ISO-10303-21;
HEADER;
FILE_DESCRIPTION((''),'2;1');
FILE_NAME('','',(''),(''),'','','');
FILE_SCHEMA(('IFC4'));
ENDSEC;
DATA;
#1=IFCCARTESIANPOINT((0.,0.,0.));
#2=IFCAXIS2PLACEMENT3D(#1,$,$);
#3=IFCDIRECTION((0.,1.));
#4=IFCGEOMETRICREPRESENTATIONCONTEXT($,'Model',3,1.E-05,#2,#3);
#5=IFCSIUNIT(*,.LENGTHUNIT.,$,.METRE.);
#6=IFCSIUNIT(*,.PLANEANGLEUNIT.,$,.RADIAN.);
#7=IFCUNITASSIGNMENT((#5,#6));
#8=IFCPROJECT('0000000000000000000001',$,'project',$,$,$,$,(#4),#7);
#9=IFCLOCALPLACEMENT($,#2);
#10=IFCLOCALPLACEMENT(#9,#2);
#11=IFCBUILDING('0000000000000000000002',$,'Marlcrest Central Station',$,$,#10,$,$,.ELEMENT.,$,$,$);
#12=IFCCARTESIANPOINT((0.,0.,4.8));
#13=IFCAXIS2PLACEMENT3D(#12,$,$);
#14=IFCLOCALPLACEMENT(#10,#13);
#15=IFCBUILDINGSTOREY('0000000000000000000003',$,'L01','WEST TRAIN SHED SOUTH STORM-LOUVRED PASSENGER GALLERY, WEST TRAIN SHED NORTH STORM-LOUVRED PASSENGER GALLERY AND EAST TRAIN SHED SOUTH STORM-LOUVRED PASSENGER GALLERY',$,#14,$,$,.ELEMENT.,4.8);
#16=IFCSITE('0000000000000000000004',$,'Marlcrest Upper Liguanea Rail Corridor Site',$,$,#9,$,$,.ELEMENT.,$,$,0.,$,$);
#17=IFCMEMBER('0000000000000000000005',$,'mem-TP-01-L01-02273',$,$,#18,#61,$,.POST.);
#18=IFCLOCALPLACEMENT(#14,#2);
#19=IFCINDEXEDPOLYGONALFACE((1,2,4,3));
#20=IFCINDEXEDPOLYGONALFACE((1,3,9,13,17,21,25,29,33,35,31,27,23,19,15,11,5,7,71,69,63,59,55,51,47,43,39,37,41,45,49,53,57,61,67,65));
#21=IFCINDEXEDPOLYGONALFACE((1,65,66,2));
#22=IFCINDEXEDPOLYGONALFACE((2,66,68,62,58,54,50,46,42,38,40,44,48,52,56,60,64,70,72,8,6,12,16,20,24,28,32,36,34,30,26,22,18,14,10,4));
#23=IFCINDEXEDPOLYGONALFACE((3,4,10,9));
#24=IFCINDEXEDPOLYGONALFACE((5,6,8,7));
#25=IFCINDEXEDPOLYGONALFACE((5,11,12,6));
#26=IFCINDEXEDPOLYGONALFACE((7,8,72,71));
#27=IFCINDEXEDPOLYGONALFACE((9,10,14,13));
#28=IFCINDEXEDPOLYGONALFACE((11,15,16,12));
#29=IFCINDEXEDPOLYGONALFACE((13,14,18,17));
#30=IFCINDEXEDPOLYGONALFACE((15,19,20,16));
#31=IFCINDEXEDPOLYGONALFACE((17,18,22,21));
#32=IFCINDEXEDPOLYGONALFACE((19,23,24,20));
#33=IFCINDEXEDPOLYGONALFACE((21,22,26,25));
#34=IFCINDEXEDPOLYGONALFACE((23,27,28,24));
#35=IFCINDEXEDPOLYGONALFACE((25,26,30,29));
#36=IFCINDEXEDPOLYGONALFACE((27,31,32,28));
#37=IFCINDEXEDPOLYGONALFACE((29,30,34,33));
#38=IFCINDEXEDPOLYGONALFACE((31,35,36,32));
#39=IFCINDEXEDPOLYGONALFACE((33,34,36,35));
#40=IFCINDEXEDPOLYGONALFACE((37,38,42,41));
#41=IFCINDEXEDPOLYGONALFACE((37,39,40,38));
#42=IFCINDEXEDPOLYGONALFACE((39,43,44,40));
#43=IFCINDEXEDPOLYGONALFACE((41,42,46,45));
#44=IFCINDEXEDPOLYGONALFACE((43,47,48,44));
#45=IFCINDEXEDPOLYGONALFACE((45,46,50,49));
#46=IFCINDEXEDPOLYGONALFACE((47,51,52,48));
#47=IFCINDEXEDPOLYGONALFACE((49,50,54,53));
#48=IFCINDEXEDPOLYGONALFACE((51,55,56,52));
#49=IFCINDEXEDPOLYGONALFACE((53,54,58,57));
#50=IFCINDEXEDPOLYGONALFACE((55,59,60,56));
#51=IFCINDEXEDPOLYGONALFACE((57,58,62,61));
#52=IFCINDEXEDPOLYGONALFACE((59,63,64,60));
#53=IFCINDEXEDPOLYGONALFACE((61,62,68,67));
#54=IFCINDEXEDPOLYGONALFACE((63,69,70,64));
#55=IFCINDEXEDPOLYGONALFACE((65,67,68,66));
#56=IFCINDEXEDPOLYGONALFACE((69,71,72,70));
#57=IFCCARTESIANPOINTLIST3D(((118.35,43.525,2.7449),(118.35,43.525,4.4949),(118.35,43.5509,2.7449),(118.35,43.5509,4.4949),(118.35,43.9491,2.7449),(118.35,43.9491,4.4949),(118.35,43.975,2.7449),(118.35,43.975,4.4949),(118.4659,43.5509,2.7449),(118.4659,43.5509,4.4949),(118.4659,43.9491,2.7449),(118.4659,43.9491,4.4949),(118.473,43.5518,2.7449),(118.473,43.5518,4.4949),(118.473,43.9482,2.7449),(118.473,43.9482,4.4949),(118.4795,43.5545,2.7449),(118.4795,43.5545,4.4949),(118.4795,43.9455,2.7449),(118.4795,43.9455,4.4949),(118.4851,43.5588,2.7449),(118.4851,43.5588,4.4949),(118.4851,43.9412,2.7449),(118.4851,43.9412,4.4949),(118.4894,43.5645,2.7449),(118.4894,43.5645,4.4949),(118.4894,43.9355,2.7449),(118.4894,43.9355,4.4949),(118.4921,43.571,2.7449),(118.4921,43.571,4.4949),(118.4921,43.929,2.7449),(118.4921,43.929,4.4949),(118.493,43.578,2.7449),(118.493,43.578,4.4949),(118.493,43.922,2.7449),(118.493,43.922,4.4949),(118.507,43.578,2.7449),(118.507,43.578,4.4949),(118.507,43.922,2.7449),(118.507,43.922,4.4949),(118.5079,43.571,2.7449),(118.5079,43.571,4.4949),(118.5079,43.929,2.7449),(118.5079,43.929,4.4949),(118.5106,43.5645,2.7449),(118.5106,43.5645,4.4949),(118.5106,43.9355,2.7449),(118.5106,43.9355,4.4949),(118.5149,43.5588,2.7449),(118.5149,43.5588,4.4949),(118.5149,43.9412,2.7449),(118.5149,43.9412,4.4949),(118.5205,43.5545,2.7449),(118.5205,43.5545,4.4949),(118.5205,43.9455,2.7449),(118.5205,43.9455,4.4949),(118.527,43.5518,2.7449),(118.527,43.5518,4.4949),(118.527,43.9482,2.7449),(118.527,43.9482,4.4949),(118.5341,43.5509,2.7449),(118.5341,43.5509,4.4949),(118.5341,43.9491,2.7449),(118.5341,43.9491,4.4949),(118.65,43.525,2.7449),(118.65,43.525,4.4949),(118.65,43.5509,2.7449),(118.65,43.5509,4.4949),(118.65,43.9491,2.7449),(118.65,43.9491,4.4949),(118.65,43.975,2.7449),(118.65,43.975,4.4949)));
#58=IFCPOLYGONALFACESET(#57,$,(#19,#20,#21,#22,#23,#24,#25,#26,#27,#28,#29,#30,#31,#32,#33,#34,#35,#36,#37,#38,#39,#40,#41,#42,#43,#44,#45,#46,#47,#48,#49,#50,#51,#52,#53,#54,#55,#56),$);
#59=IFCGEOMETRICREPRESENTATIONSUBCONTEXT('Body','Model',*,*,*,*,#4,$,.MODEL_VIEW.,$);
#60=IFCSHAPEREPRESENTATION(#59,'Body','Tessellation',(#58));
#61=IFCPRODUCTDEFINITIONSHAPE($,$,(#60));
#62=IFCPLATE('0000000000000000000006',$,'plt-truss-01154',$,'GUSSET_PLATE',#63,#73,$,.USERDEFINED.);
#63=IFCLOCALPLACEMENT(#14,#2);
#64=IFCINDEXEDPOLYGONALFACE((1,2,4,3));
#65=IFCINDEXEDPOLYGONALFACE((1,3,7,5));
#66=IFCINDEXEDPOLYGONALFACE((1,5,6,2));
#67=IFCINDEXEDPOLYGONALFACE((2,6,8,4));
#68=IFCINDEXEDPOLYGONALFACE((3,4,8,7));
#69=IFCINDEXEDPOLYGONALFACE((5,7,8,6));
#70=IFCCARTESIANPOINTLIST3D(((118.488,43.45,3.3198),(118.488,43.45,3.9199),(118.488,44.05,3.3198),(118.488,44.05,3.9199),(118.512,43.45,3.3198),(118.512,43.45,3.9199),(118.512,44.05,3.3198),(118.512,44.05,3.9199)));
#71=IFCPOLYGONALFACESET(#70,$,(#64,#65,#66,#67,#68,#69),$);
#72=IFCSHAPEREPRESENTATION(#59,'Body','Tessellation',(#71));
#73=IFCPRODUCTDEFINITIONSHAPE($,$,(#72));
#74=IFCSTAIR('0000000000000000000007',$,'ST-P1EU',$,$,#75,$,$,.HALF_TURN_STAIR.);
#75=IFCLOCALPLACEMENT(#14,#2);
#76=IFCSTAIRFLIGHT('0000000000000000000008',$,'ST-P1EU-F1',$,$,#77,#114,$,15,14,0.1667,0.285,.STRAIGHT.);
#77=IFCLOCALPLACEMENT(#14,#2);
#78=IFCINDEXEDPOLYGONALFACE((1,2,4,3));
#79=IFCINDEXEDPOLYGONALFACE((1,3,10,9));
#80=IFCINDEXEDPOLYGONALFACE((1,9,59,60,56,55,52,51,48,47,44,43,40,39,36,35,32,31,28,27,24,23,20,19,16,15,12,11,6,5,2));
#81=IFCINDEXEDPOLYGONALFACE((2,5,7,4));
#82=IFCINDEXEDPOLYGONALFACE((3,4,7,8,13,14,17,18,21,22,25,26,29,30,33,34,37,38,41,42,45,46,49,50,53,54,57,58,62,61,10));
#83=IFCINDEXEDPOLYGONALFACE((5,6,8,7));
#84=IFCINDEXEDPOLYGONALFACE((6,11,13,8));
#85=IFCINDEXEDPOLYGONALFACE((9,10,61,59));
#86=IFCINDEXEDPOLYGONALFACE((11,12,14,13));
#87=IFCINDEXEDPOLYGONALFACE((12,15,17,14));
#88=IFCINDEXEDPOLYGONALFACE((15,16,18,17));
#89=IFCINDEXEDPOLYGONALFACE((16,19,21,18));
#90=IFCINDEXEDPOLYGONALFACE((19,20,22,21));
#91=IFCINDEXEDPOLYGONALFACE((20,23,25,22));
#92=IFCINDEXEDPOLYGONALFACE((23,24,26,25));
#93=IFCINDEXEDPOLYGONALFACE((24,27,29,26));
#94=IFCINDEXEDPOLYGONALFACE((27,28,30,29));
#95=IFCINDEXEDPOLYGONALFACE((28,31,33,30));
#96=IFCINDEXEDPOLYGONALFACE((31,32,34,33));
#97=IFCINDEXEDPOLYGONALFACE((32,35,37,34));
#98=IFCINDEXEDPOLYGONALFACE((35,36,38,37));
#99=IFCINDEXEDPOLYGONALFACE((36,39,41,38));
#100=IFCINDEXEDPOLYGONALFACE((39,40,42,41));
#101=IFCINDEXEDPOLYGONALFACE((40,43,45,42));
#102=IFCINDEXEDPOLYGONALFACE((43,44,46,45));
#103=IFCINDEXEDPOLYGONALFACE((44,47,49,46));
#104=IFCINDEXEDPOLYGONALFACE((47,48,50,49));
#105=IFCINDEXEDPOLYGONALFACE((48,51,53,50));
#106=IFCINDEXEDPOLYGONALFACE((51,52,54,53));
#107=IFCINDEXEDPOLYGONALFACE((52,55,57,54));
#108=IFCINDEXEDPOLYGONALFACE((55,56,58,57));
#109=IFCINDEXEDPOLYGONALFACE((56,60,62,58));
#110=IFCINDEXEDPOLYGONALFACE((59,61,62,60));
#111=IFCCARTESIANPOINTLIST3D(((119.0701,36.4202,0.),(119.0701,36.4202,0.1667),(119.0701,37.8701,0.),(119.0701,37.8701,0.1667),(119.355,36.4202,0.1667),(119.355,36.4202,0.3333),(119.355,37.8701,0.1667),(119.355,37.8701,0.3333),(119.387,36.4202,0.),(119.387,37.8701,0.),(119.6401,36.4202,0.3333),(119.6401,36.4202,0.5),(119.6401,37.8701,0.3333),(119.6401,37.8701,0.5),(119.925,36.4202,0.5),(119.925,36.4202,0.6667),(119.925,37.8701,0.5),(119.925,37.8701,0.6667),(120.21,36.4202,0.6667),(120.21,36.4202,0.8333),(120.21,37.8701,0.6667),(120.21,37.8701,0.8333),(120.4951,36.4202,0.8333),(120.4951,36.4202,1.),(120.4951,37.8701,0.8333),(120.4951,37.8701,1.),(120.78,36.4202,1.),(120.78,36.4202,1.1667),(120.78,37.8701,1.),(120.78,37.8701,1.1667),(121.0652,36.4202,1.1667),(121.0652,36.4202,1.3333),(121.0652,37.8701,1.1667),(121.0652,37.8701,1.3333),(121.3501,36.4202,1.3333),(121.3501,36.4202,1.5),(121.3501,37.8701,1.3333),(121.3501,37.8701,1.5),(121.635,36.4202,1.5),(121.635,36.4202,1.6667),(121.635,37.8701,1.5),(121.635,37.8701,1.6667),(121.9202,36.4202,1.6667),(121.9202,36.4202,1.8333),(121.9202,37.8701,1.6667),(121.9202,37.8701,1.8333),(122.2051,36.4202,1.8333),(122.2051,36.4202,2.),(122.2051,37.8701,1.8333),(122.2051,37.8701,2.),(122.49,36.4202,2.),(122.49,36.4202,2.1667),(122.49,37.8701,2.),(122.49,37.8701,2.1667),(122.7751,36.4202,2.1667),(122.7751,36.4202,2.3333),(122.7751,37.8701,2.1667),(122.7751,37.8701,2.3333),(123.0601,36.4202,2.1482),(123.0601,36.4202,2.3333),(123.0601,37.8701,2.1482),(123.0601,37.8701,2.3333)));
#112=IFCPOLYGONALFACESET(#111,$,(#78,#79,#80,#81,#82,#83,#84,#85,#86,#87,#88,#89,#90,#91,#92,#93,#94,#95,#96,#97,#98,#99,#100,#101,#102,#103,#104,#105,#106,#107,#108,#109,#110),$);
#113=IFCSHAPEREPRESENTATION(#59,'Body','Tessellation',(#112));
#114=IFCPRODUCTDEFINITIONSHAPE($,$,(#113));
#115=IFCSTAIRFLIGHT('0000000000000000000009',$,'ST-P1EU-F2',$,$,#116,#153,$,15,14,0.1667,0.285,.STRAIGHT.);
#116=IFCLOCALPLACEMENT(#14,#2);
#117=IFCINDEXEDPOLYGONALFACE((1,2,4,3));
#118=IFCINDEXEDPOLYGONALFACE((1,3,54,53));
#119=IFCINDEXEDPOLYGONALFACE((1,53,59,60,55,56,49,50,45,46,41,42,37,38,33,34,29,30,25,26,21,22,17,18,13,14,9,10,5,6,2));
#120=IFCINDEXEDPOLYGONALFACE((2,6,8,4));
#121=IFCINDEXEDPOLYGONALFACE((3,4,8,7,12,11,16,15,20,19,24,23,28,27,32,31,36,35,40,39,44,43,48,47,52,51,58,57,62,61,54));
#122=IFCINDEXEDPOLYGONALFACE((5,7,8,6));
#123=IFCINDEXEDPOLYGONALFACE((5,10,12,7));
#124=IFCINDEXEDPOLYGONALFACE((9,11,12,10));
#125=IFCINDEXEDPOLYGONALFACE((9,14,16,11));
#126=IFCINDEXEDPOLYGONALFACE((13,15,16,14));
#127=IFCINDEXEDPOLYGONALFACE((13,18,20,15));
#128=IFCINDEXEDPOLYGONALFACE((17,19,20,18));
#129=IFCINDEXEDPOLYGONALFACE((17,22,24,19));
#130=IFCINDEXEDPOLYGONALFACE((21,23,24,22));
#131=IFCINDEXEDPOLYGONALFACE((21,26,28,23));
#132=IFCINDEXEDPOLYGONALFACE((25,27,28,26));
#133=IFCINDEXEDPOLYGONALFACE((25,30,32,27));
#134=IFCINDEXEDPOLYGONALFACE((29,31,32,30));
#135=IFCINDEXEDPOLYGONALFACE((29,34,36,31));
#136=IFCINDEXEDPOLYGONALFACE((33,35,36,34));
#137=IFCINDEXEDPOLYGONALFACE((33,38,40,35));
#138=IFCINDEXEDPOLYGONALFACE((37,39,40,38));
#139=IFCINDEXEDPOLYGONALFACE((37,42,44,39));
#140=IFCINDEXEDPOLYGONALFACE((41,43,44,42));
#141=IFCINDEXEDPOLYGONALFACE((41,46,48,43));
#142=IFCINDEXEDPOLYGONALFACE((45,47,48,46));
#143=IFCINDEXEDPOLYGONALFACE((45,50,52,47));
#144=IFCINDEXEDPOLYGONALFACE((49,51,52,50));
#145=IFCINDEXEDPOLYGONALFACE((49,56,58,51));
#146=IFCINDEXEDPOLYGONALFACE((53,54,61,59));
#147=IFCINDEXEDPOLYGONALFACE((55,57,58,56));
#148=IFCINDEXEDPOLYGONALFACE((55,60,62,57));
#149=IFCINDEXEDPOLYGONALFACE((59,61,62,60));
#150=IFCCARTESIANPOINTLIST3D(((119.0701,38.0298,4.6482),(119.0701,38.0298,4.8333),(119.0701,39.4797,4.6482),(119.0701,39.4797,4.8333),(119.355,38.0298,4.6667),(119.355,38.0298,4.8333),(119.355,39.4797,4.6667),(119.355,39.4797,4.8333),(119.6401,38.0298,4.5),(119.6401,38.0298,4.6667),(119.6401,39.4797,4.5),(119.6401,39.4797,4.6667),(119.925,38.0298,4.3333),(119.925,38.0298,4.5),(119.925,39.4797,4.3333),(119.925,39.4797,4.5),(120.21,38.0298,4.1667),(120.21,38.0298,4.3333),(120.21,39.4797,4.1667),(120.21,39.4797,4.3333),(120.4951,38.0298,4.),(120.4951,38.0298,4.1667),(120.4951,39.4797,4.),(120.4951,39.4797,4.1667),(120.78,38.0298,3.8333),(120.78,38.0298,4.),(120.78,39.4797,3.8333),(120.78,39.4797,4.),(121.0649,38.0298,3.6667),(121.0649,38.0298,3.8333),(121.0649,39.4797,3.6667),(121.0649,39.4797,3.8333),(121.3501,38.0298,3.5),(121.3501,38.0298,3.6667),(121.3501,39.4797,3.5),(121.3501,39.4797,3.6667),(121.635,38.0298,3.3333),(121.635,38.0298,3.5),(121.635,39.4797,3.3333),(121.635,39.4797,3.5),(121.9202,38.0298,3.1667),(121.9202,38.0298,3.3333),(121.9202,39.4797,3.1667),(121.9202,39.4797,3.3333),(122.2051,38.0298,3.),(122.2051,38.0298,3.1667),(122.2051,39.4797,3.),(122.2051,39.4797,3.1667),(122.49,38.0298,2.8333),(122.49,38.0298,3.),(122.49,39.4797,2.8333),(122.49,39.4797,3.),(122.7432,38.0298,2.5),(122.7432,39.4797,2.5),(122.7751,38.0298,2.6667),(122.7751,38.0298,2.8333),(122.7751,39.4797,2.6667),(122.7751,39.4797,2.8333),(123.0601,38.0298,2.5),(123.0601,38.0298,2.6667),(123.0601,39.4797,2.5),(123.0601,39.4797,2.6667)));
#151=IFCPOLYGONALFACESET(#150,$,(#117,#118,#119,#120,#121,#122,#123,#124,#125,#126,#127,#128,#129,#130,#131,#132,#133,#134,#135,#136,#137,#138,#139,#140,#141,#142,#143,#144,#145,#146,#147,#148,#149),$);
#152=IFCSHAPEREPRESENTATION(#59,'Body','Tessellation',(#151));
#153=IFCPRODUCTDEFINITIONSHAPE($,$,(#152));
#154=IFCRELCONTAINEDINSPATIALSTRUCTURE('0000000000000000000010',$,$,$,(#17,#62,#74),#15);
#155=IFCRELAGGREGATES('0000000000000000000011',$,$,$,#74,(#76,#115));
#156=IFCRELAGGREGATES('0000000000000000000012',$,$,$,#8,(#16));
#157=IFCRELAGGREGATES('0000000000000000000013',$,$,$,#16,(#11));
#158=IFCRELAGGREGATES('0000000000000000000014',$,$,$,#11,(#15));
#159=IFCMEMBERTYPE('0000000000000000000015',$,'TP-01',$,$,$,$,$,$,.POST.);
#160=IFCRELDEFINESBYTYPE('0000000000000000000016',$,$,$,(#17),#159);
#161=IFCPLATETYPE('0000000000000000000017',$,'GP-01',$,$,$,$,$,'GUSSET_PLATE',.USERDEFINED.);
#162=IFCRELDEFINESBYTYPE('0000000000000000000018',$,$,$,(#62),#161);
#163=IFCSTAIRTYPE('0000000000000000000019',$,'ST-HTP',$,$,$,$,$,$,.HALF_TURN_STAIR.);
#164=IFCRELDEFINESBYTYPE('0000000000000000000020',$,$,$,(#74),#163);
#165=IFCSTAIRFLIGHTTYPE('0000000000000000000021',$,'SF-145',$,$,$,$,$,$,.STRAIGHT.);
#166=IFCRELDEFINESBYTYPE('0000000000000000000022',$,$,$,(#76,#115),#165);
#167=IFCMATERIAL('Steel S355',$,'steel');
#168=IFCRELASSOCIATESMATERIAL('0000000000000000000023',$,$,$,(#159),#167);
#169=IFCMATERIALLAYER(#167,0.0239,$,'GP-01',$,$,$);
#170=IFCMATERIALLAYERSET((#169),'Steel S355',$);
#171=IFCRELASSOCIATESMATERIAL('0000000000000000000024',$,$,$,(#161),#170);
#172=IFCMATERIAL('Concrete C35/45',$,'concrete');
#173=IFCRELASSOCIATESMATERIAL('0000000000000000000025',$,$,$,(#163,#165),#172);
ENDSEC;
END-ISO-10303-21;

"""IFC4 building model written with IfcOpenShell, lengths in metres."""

from ifc_helpers import new_model, si_unit, direction, frame, origin, origin_2d, place, context, subcontext, project, spatial, polyline, rectangle, i_section, outline, extrude, material, layer, layer_set, material_profile, profile_set, type_object, element, aggregate, save


model = new_model("IFC4")

# Units and contexts
model_context = context("Model", 3, precision=1e-05, world=origin(), true_north=direction((0.0, 1.0)))
body_context = subcontext(model_context, "Body", "Model", "MODEL_VIEW")
ifc_project = project(units=[si_unit("LENGTHUNIT", "METRE"), si_unit("PLANEANGLEUNIT", "RADIAN")], contexts=[model_context])

# Site, building, storey
site_placement = place(None, origin())
site = spatial("IfcSite", under=ifc_project, at=site_placement, Name="Marlcrest Upper Liguanea Rail Corridor Site", CompositionType="ELEMENT", RefElevation=0.0)
building_placement = place(site_placement, origin())
building = spatial("IfcBuilding", under=site, at=building_placement, Name="Marlcrest Central Station", CompositionType="ELEMENT")
storey_placement = place(building_placement, frame((0.0, 0.0, 4.8)))
storey = spatial("IfcBuildingStorey", under=building, at=storey_placement, Name="L01", Description="WEST TRAIN SHED SOUTH STORM-LOUVRED PASSENGER GALLERY, WEST TRAIN SHED NORTH STORM-LOUVRED PASSENGER GALLERY AND EAST TRAIN SHED SOUTH STORM-LOUVRED PASSENGER GALLERY", CompositionType="ELEMENT", Elevation=4.8)

# Shared definitions
ifc_material_1 = material(Name="Steel S355", Category="steel")

# Member
ifc_material_profile_1 = material_profile(ifc_material_1, i_section(OverallWidth=0.3, OverallDepth=0.45, WebThickness=0.0139, FlangeThickness=0.0259, FilletRadius=0.0271, at=origin_2d()), Name="HEB 450")
ifc_profile_set_1 = profile_set([ifc_material_profile_1], Name="Steel S355")
member_type_1 = type_object("IfcMemberType", Name="TP-01", PredefinedType="POST", material=ifc_profile_set_1)
member_1_placement = place(storey_placement, frame((118.5, 43.75, 2.7449), z_axis=(0.0, 0.0, 1.0), x_axis=(1.0, 0.0, 0.0)))
element("IfcMember", 1, at=member_1_placement, inside=storey, type_object=member_type_1, Name="mem-TP-01-L01-02273", PredefinedType="POST", context=body_context, shape_type="SweptSolid", body=[
    extrude(i_section(OverallWidth=0.3, OverallDepth=0.45, WebThickness=0.0139, FlangeThickness=0.0259, FilletRadius=0.0271, at=origin_2d()), origin(), (0.0, 0.0, 1.0), 1.75),
])

# Plate
ifc_layer = layer(ifc_material_1, 0.0239, Name="GP-01")
ifc_layer_set = layer_set([ifc_layer], Name="Steel S355")
plate_type = type_object("IfcPlateType", Name="GP-01", ElementType="GUSSET_PLATE", PredefinedType="USERDEFINED", material=ifc_layer_set)
plate_placement = place(storey_placement, frame((118.5, 43.75, 3.3198), z_axis=(0.0, 0.0, 1.0), x_axis=(1.0, 0.0, 0.0)))
element("IfcPlate", 2, at=plate_placement, inside=storey, type_object=plate_type, Name="plt-truss-01154", ObjectType="GUSSET_PLATE", PredefinedType="USERDEFINED", context=body_context, shape_type="SweptSolid", body=[
    extrude(rectangle(XDim=0.0239, YDim=0.6001, at=origin_2d()), origin(), (0.0, 0.0, 1.0), 0.6001),
])

# Stair, stair flights
ifc_material_2 = material(Name="Concrete C35/45", Category="concrete")
stair_type = type_object("IfcStairType", Name="ST-HTP", PredefinedType="HALF_TURN_STAIR", material=ifc_material_2)
stair_placement = place(storey_placement, origin())
stair = element("IfcStair", 3, at=stair_placement, inside=storey, type_object=stair_type, Name="ST-P1EU", PredefinedType="HALF_TURN_STAIR")
stair_flight_type = type_object("IfcStairFlightType", Name="SF-145", PredefinedType="STRAIGHT", material=ifc_material_2)
stair_flight_1_placement = place(storey_placement, frame((119.0701, 37.145, 0.0), z_axis=(0.0, 0.0, 1.0), x_axis=(1.0, 0.0, 0.0)))
stair_flight_1 = element("IfcStairFlight", 4, at=stair_flight_1_placement, type_object=stair_flight_type, Name="ST-P1EU-F1", NumberOfRisers=15, NumberOfTreads=14, PredefinedType="STRAIGHT", RiserHeight=0.1667, TreadLength=0.285, context=body_context, shape_type="SweptSolid", body=[
    extrude(outline(polyline([(0.0, 0.0), (0.0, 0.1667), (0.2849, 0.1667), (0.2849, 0.3333), (0.5701, 0.3333), (0.5701, 0.5), (0.855, 0.5), (0.855, 0.6667), (1.1399, 0.6667), (1.1399, 0.8333), (1.425, 0.8333), (1.425, 1.0), (1.71, 1.0), (1.71, 1.1667), (1.9951, 1.1667), (1.9951, 1.3333), (2.28, 1.3333), (2.28, 1.5), (2.5649, 1.5), (2.5649, 1.6667), (2.8501, 1.6667), (2.8501, 1.8333), (3.135, 1.8333), (3.135, 2.0), (3.4199, 2.0), (3.4199, 2.1667), (3.7051, 2.1667), (3.7051, 2.3333), (3.99, 2.3333), (3.99, 2.5), (3.99, 2.1482), (0.3169, 0.0), (0.0, 0.0)])), frame((0.0, 0.7251, 0.0), z_axis=(0.0, -1.0, 0.0), x_axis=(1.0, 0.0, 0.0)), (0.0, 0.0, 1.0), 1.45),
])
stair_flight_2_placement = place(storey_placement, frame((123.0601, 38.7549, 2.5), z_axis=(0.0, 0.0, 1.0), x_axis=(-1.0, 0.0, 0.0)))
stair_flight_2 = element("IfcStairFlight", 5, at=stair_flight_2_placement, type_object=stair_flight_type, Name="ST-P1EU-F2", NumberOfRisers=15, NumberOfTreads=14, PredefinedType="STRAIGHT", RiserHeight=0.1667, TreadLength=0.285, context=body_context, shape_type="SweptSolid", body=[
    extrude(outline(polyline([(0.0, 0.0), (0.0, 0.1667), (0.2849, 0.1667), (0.2849, 0.3333), (0.5701, 0.3333), (0.5701, 0.5), (0.855, 0.5), (0.855, 0.6667), (1.1399, 0.6667), (1.1399, 0.8333), (1.425, 0.8333), (1.425, 1.0), (1.71, 1.0), (1.71, 1.1667), (1.9951, 1.1667), (1.9951, 1.3333), (2.28, 1.3333), (2.28, 1.5), (2.5649, 1.5), (2.5649, 1.6667), (2.8501, 1.6667), (2.8501, 1.8333), (3.135, 1.8333), (3.135, 2.0), (3.4199, 2.0), (3.4199, 2.1667), (3.7051, 2.1667), (3.7051, 2.3333), (3.99, 2.3333), (3.99, 2.5), (3.99, 2.1482), (0.3169, 0.0), (0.0, 0.0)])), frame((0.0, 0.7251, 0.0), z_axis=(0.0, -1.0, 0.0), x_axis=(1.0, 0.0, 0.0)), (0.0, 0.0, 1.0), 1.45),
])
aggregate(stair, [stair_flight_1, stair_flight_2])

save(model, "model.ifc")
